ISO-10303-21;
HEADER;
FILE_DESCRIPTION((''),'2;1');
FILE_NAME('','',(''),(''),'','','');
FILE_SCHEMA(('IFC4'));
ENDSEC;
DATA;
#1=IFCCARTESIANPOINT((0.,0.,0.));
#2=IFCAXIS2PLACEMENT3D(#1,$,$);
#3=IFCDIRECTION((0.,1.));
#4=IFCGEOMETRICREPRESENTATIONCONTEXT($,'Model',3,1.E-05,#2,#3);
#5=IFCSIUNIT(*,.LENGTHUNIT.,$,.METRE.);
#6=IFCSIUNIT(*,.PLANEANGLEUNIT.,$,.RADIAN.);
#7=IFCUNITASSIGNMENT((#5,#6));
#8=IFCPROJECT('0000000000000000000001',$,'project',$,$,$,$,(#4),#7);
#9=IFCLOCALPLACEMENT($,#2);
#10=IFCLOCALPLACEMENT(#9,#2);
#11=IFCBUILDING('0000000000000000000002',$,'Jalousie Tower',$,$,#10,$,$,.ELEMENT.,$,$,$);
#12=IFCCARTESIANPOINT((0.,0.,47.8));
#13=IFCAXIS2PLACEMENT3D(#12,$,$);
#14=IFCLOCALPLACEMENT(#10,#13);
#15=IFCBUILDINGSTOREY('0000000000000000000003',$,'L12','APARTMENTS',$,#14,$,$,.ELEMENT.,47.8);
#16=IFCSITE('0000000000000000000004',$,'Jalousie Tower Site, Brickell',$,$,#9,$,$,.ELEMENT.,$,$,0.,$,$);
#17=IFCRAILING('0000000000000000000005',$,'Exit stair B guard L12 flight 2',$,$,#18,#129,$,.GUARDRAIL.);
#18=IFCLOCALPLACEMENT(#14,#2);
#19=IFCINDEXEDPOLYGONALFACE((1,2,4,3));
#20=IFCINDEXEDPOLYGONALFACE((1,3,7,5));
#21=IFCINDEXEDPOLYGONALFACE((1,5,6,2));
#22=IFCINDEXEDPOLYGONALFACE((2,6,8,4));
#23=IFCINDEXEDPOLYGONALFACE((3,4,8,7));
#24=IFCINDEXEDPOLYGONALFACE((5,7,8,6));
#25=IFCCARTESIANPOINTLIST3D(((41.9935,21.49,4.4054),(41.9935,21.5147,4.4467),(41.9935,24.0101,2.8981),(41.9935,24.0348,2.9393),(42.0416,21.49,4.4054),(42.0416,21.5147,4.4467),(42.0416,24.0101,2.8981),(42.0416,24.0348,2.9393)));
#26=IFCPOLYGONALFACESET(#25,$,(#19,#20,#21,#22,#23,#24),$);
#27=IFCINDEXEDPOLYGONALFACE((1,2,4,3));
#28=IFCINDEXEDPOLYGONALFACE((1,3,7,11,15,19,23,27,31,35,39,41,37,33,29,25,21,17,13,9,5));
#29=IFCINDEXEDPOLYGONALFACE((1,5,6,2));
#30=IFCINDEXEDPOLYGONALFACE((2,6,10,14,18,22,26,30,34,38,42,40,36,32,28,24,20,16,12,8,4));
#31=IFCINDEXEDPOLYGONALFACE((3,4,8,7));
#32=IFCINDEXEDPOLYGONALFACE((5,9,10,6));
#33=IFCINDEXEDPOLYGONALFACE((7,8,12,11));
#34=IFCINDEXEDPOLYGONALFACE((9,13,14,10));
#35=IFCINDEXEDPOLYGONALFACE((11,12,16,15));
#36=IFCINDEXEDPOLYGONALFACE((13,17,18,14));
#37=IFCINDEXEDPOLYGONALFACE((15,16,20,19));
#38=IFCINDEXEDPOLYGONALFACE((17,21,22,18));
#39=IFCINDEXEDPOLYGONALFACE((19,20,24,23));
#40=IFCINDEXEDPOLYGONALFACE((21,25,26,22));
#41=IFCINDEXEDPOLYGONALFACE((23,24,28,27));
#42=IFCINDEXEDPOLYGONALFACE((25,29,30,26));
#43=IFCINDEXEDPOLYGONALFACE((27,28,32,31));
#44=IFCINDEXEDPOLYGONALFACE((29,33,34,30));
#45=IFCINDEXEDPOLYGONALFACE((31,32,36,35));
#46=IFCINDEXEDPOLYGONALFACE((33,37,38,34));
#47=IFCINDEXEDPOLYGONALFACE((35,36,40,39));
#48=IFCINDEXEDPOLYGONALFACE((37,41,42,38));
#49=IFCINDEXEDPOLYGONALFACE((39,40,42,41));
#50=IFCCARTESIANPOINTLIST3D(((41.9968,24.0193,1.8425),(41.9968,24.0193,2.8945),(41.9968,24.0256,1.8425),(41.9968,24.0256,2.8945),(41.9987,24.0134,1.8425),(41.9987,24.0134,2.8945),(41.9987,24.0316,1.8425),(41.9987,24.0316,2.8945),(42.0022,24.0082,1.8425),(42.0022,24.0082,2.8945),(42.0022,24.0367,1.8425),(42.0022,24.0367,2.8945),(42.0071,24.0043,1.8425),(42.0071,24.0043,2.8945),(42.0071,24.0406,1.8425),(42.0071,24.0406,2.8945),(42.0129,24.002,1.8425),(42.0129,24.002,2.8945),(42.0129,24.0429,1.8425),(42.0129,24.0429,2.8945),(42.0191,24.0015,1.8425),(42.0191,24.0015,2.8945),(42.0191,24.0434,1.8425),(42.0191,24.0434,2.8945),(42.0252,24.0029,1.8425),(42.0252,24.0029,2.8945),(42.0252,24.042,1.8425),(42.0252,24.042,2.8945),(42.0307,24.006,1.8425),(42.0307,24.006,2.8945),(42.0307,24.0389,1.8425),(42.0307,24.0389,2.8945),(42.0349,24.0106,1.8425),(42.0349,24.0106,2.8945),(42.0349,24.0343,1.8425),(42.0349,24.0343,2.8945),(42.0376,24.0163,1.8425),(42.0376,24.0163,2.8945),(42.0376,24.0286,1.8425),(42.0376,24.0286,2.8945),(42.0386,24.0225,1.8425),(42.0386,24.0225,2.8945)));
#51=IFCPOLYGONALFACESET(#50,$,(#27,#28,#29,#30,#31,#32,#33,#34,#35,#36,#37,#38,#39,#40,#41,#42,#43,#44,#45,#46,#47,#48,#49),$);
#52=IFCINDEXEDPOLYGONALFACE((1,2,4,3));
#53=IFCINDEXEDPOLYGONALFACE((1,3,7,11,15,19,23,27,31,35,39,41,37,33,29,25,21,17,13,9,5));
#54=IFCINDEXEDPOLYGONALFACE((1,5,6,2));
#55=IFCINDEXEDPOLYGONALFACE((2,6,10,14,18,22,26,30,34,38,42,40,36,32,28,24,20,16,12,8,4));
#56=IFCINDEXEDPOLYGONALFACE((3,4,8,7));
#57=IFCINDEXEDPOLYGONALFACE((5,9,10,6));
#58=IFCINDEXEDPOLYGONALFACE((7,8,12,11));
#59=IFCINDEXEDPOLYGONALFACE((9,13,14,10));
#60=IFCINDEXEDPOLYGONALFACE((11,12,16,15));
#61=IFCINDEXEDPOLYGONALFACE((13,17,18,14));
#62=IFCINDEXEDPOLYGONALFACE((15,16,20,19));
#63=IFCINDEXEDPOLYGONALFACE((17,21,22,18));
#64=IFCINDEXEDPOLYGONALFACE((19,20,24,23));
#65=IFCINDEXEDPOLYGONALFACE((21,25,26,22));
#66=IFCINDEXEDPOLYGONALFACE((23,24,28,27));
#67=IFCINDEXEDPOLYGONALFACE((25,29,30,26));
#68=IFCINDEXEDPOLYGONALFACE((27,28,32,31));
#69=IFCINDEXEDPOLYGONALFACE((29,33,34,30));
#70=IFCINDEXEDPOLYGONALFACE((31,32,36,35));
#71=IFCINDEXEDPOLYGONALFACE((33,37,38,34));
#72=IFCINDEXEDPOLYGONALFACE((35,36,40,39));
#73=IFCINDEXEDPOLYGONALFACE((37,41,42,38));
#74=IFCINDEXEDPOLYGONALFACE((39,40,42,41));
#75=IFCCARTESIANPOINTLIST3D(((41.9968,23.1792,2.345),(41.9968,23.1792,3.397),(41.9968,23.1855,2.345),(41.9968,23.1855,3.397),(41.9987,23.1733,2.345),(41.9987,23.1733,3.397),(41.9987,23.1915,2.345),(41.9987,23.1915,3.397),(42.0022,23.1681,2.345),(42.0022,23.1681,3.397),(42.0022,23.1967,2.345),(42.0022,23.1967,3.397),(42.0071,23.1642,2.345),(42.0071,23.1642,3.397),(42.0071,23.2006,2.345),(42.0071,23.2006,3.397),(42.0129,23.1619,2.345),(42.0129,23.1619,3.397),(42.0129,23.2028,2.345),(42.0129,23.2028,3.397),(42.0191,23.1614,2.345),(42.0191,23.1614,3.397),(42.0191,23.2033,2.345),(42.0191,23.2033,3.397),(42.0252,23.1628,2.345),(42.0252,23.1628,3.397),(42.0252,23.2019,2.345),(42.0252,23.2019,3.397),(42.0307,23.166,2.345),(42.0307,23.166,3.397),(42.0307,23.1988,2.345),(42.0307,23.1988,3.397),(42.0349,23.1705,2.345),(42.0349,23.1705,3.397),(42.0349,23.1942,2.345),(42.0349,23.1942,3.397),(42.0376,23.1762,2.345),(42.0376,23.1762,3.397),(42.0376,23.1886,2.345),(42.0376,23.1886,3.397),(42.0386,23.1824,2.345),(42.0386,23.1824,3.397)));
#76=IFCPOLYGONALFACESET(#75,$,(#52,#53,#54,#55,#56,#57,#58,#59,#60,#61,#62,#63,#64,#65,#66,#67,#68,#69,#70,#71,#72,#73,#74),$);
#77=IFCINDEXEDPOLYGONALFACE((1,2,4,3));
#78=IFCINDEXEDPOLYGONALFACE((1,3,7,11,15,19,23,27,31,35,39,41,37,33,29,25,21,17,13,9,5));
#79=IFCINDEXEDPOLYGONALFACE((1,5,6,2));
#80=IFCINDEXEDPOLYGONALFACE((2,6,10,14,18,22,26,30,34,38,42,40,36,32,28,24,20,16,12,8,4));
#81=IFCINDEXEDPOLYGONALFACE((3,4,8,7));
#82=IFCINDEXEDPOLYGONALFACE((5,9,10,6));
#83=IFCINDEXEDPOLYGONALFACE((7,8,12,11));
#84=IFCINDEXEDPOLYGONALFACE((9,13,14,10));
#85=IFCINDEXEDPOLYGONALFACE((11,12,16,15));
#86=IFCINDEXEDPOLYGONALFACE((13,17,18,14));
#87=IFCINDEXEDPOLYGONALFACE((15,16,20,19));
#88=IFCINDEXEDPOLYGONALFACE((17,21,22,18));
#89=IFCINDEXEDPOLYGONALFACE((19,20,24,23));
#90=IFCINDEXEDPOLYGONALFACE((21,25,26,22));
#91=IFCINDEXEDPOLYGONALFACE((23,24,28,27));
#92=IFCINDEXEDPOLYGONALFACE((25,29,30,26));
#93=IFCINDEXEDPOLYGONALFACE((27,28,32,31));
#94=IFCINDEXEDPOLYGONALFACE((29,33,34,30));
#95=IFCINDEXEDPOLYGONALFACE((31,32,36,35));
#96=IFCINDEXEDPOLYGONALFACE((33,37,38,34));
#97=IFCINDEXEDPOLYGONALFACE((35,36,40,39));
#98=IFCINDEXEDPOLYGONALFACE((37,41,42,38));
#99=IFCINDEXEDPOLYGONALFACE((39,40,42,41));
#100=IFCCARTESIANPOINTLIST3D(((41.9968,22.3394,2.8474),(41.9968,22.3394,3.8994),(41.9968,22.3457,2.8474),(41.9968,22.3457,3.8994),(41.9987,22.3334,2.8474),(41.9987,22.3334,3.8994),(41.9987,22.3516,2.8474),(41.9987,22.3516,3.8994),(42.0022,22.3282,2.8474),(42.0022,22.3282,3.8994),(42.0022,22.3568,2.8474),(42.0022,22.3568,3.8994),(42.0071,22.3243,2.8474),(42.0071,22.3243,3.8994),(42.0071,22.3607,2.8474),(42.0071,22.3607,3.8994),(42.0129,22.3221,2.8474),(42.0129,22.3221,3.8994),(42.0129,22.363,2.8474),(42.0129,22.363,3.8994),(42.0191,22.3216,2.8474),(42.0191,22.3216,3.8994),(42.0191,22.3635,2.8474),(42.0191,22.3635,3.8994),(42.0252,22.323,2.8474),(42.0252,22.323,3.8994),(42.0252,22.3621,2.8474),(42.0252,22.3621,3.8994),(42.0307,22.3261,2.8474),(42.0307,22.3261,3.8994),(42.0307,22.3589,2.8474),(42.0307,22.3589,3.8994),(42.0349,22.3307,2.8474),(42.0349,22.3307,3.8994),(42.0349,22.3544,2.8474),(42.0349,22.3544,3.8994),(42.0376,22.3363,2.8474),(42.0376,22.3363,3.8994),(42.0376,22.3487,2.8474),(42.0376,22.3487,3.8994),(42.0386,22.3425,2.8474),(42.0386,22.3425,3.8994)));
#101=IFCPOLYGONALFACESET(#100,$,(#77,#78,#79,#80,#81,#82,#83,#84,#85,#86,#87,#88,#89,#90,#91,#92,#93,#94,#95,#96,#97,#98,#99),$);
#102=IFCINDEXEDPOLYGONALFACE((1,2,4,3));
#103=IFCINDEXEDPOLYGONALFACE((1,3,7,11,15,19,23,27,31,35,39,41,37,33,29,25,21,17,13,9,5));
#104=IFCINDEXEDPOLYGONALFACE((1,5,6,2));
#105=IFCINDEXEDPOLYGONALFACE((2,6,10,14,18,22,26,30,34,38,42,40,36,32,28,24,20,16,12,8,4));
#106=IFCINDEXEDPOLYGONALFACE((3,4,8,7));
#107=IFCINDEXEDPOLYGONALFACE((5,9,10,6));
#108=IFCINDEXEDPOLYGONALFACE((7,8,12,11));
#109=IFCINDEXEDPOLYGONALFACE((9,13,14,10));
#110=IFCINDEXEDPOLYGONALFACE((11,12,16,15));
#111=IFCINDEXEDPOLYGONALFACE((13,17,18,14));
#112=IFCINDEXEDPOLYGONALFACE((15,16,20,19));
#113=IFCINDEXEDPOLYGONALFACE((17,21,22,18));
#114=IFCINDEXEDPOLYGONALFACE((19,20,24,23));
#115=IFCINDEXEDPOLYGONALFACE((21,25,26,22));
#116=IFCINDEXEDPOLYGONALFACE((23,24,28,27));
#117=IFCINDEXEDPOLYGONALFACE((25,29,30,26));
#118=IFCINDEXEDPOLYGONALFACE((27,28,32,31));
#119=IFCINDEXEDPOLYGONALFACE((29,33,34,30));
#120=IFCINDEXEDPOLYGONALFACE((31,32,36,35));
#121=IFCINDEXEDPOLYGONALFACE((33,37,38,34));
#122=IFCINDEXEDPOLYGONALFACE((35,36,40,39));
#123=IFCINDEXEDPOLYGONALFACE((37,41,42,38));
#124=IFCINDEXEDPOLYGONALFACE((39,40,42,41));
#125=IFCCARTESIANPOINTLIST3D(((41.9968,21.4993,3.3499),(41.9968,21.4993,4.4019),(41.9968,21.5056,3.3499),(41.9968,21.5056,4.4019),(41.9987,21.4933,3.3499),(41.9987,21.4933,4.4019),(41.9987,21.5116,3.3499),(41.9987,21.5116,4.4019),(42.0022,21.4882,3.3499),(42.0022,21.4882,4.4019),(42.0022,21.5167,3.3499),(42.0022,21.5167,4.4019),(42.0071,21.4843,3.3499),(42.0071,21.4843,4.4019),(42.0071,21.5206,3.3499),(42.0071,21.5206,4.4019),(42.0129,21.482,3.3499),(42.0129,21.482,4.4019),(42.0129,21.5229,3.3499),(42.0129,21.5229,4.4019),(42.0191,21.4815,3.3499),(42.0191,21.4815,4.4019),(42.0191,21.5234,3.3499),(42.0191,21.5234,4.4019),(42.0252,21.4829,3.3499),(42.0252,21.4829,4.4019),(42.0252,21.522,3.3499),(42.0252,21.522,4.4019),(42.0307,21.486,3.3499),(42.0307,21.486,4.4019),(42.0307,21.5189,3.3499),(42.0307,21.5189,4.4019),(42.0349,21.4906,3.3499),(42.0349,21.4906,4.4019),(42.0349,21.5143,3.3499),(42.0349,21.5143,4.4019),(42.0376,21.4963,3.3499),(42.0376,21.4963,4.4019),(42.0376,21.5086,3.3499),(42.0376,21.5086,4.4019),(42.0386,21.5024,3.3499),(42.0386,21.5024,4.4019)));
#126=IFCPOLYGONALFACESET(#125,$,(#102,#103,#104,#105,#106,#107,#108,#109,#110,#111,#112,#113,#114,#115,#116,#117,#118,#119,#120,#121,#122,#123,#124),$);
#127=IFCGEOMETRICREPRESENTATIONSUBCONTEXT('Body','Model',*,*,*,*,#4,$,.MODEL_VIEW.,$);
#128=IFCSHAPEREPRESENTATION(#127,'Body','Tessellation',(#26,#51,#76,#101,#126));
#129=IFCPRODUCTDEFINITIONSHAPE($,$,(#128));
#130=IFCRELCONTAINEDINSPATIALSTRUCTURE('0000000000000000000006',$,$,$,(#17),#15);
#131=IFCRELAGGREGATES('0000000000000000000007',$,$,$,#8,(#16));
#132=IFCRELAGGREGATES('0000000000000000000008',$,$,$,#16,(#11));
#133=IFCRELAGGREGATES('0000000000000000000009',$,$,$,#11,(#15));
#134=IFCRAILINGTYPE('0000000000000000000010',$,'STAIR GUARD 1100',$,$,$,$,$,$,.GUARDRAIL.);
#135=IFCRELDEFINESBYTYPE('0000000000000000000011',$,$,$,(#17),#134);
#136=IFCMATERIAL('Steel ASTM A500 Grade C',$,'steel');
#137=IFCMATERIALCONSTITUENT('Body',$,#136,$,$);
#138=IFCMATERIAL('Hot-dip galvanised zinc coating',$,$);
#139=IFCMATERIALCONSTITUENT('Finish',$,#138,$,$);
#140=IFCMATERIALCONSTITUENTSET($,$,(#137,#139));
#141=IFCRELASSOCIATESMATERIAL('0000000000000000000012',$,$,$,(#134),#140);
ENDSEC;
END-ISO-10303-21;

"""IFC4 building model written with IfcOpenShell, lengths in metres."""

from ifc_helpers import new_model, si_unit, direction, frame, origin, origin_2d, place, context, subcontext, project, spatial, rectangle, circle, extrude, material, constituent, constituent_set, type_object, element, save


model = new_model("IFC4")

# Units and contexts
model_context = context("Model", 3, precision=1e-05, world=origin(), true_north=direction((0.0, 1.0)))
body_context = subcontext(model_context, "Body", "Model", "MODEL_VIEW")
ifc_project = project(units=[si_unit("LENGTHUNIT", "METRE"), si_unit("PLANEANGLEUNIT", "RADIAN")], contexts=[model_context])

# Site, building, storey
site_placement = place(None, origin())
site = spatial("IfcSite", under=ifc_project, at=site_placement, Name="Jalousie Tower Site, Brickell", CompositionType="ELEMENT", RefElevation=0.0)
building_placement = place(site_placement, origin())
building = spatial("IfcBuilding", under=site, at=building_placement, Name="Jalousie Tower", CompositionType="ELEMENT")
storey_placement = place(building_placement, frame((0.0, 0.0, 47.8)))
storey = spatial("IfcBuildingStorey", under=building, at=storey_placement, Name="L12", Description="APARTMENTS", CompositionType="ELEMENT", Elevation=47.8)

# Railing
ifc_material_1 = material(Name="Steel ASTM A500 Grade C", Category="steel")
ifc_constituent_1 = constituent(ifc_material_1, Name="Body")
ifc_material_2 = material(Name="Hot-dip galvanised zinc coating")
ifc_constituent_2 = constituent(ifc_material_2, Name="Finish")
ifc_constituent_set_1 = constituent_set(constituents=[ifc_constituent_1, ifc_constituent_2])
railing_type_1 = type_object("IfcRailingType", Name="STAIR GUARD 1100", PredefinedType="GUARDRAIL", material=ifc_constituent_set_1)
railing_1_placement = place(storey_placement, frame((42.0176, 24.0225, 1.8425)))
element("IfcRailing", 1, at=railing_1_placement, inside=storey, type_object=railing_type_1, Name="Exit stair B guard L12 flight 2", PredefinedType="GUARDRAIL", context=body_context, shape_type="SweptSolid", body=[
    extrude(rectangle(XDim=0.0481, YDim=0.0481, at=origin_2d()), frame((0.0, 0.0, 1.0762), z_axis=(0.0, -0.858196, 0.513321), x_axis=(1.0, 0.0, 0.0)), (0.0, 0.0, 1.0), 2.9365),
    extrude(circle(Radius=0.021, at=origin_2d()), origin(), (0.0, 0.0, 1.0), 1.052),
    extrude(circle(Radius=0.021, at=origin_2d()), frame((0.0, -0.8401, 0.5024)), (0.0, 0.0, 1.0), 1.052),
    extrude(circle(Radius=0.021, at=origin_2d()), frame((0.0, -1.6799, 1.0049)), (0.0, 0.0, 1.0), 1.052),
    extrude(circle(Radius=0.021, at=origin_2d()), frame((0.0, -2.52, 1.5073)), (0.0, 0.0, 1.0), 1.052),
])

save(model, "model.ifc")
